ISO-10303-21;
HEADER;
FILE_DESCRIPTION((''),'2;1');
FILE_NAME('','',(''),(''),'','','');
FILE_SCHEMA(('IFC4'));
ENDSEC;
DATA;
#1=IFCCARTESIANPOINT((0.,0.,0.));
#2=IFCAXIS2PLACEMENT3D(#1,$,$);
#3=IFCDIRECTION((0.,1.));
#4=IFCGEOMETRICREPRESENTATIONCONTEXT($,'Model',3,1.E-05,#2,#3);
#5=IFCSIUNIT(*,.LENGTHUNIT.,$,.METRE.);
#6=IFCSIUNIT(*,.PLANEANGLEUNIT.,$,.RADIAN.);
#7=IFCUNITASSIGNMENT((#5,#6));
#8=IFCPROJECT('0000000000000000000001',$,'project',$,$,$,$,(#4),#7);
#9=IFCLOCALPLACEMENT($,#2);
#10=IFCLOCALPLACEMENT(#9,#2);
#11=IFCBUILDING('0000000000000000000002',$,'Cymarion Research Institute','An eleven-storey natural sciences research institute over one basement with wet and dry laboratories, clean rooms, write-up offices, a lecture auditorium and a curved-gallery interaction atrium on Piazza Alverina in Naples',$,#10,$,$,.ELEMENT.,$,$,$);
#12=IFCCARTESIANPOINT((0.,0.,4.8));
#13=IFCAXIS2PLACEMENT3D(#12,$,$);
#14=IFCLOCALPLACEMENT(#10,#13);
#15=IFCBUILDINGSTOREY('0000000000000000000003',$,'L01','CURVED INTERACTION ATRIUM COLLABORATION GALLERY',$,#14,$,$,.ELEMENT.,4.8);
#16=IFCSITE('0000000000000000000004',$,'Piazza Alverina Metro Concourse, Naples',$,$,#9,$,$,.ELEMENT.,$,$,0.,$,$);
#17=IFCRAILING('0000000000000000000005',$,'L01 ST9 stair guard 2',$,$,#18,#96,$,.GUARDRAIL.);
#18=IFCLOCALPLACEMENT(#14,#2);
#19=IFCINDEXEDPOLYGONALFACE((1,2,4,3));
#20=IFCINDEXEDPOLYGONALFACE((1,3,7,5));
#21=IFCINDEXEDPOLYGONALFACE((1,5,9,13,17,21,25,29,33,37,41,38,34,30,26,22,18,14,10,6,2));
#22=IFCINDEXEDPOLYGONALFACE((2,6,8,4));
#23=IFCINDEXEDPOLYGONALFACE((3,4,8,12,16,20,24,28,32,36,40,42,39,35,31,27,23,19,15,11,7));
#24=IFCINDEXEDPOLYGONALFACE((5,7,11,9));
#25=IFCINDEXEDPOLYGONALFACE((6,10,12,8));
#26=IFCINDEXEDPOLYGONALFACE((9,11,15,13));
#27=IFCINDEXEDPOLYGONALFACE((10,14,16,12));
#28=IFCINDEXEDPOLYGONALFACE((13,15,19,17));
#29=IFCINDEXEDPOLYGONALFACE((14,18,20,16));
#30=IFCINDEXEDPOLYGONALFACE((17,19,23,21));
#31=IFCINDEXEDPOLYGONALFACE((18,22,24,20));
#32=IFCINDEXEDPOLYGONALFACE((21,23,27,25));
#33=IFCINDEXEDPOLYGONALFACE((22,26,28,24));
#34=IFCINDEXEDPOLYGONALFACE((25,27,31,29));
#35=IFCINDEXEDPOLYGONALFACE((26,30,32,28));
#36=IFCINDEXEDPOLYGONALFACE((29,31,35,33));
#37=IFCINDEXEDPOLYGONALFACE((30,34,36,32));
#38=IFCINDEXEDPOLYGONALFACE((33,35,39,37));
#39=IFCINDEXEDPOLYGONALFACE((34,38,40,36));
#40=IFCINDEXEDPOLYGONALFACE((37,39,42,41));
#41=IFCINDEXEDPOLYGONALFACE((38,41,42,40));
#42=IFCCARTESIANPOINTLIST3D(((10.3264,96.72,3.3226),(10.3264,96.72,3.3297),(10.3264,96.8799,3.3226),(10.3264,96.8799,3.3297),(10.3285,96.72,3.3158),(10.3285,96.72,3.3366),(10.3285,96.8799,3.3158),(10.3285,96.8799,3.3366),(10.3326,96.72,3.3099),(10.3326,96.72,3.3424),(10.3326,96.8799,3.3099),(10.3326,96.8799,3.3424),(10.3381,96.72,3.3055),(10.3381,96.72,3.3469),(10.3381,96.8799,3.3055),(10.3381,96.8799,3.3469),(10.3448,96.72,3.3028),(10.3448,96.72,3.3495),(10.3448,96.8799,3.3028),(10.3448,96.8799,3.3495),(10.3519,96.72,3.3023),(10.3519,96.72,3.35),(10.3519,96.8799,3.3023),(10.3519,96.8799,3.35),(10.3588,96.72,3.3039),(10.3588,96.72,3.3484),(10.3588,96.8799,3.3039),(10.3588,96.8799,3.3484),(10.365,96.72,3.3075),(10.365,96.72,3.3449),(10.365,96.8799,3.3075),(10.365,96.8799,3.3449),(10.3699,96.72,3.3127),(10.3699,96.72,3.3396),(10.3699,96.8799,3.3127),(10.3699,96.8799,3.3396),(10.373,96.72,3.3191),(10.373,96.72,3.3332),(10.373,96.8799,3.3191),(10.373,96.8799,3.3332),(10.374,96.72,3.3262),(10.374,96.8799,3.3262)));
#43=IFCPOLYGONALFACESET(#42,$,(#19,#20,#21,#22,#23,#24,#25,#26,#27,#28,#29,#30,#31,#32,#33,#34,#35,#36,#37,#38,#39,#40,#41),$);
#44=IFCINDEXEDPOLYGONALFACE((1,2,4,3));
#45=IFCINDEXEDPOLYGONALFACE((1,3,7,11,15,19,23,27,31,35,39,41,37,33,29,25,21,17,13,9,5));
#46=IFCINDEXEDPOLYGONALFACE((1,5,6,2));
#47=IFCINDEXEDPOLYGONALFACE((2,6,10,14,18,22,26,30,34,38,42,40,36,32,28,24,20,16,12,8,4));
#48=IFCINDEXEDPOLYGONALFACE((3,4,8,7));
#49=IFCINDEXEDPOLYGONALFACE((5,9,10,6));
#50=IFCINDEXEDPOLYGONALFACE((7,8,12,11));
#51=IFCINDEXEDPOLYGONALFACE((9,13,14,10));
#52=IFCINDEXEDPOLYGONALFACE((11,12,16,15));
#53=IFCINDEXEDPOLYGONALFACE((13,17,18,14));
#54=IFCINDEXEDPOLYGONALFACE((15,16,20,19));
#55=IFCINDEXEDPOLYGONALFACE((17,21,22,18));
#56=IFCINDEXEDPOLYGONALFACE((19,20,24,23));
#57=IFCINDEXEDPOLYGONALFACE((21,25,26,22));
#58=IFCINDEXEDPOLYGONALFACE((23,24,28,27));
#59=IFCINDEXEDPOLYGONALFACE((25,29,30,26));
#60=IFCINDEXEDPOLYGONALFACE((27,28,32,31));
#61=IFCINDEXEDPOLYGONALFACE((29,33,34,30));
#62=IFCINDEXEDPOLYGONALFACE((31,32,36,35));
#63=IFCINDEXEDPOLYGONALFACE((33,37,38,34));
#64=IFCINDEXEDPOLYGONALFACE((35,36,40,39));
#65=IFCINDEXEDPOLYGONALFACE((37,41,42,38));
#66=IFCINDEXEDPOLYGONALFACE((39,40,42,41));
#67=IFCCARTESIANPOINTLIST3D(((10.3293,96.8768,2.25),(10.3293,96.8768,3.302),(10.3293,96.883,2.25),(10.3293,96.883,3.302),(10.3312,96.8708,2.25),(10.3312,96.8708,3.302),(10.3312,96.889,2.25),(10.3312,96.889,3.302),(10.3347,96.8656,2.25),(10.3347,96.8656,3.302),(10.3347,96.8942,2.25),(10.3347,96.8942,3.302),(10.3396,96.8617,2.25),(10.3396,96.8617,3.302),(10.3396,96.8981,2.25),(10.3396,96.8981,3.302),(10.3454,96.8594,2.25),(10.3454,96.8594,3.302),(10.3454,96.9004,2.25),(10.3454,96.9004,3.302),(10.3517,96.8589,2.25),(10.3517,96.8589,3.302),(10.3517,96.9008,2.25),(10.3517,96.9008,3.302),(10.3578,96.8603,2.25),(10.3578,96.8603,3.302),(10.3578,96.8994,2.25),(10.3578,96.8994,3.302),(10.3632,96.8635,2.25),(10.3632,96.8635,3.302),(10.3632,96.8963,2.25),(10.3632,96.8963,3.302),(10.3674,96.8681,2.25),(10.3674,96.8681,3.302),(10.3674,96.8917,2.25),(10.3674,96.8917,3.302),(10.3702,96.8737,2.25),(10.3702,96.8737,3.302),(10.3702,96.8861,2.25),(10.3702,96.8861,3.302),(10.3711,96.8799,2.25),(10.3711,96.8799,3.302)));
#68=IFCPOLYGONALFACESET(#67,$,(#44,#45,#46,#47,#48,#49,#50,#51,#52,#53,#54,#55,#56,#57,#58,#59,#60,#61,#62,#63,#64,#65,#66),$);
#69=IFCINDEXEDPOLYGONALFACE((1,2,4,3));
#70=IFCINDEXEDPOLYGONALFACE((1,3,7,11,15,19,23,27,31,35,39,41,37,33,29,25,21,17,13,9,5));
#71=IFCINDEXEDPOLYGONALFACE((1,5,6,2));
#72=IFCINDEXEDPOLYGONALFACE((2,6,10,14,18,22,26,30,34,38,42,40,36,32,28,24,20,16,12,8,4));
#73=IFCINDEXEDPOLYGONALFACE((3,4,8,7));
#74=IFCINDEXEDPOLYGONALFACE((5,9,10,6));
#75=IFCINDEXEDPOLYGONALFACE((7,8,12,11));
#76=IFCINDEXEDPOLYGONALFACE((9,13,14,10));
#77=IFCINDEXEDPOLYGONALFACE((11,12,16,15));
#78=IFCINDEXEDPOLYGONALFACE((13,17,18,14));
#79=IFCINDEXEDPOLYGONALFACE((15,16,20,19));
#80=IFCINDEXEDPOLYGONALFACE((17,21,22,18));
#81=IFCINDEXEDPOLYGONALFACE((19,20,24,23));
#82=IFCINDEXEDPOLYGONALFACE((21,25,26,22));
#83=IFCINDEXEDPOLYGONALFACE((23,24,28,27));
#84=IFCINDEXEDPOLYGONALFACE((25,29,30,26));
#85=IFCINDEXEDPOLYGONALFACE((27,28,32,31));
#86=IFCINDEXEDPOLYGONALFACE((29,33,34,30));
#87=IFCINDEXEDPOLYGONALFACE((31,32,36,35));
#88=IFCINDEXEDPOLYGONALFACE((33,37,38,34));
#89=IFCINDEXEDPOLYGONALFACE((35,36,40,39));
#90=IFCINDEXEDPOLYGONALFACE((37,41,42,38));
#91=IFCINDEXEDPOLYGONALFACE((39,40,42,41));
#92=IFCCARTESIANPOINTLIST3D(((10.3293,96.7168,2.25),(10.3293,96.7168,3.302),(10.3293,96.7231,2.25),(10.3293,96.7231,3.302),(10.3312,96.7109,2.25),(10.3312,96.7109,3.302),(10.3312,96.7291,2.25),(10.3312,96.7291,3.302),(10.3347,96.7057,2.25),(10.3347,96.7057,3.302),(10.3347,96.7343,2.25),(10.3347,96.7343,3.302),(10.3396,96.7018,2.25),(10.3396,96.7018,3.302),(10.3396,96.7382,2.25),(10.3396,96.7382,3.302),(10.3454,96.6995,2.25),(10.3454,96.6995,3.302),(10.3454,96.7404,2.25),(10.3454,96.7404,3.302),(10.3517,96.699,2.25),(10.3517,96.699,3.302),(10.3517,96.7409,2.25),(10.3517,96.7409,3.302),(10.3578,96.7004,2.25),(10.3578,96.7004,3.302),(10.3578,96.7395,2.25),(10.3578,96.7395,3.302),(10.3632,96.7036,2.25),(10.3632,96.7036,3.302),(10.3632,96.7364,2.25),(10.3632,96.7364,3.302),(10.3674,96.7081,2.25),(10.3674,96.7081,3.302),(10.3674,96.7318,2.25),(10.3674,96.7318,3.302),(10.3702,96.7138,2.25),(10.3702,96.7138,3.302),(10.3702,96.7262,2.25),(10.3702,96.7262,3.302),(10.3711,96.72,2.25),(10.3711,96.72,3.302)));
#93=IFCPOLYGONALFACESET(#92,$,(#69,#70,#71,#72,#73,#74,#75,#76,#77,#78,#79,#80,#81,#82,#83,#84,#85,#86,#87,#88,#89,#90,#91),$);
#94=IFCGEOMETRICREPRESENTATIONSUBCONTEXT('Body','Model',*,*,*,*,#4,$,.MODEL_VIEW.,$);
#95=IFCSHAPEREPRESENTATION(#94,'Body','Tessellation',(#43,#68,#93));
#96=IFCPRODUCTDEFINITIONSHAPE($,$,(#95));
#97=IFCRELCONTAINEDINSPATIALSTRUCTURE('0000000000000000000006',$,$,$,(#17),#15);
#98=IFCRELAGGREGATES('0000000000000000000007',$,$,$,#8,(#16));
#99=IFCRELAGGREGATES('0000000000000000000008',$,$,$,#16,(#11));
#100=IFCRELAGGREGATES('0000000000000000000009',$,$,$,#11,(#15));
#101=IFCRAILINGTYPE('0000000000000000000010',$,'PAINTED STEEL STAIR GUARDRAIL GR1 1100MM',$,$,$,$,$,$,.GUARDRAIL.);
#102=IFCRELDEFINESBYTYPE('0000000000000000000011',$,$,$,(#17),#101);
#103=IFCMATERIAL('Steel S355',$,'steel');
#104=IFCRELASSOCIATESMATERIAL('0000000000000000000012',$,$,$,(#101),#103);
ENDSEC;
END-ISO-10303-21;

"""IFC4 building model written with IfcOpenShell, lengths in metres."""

from ifc_helpers import new_model, si_unit, direction, frame, origin, origin_2d, place, context, subcontext, project, spatial, circle, extrude, material, type_object, element, save


model = new_model("IFC4")

# Units and contexts
model_context = context("Model", 3, precision=1e-05, world=origin(), true_north=direction((0.0, 1.0)))
body_context = subcontext(model_context, "Body", "Model", "MODEL_VIEW")
ifc_project = project(units=[si_unit("LENGTHUNIT", "METRE"), si_unit("PLANEANGLEUNIT", "RADIAN")], contexts=[model_context])

# Site, building, storey
site_placement = place(None, origin())
site = spatial("IfcSite", under=ifc_project, at=site_placement, Name="Piazza Alverina Metro Concourse, Naples", CompositionType="ELEMENT", RefElevation=0.0)
building_placement = place(site_placement, origin())
building = spatial("IfcBuilding", under=site, at=building_placement, Name="Cymarion Research Institute", Description="An eleven-storey natural sciences research institute over one basement with wet and dry laboratories, clean rooms, write-up offices, a lecture auditorium and a curved-gallery interaction atrium on Piazza Alverina in Naples", CompositionType="ELEMENT")
storey_placement = place(building_placement, frame((0.0, 0.0, 4.8)))
storey = spatial("IfcBuildingStorey", under=building, at=storey_placement, Name="L01", Description="CURVED INTERACTION ATRIUM COLLABORATION GALLERY", CompositionType="ELEMENT", Elevation=4.8)

# Shared definitions
ifc_material_1 = material(Name="Steel S355", Category="steel")

# Railing
railing_type_1 = type_object("IfcRailingType", Name="PAINTED STEEL STAIR GUARDRAIL GR1 1100MM", PredefinedType="GUARDRAIL", material=ifc_material_1)
railing_1_placement = place(storey_placement, frame((10.3501, 96.8799, 2.25)))
element("IfcRailing", 1, at=railing_1_placement, inside=storey, type_object=railing_type_1, Name="L01 ST9 stair guard 2", PredefinedType="GUARDRAIL", context=body_context, shape_type="SweptSolid", body=[
    extrude(circle(Radius=0.0239, at=origin_2d()), frame((0.0, 0.0, 1.0762), z_axis=(0.0, -1.0, 0.0), x_axis=(1.0, 0.0, 0.0)), (0.0, 0.0, 1.0), 0.1599),
    extrude(circle(Radius=0.021, at=origin_2d()), origin(), (0.0, 0.0, 1.0), 1.052),
    extrude(circle(Radius=0.021, at=origin_2d()), frame((0.0, -0.1599, 0.0)), (0.0, 0.0, 1.0), 1.052),
])

save(model, "model.ifc")
